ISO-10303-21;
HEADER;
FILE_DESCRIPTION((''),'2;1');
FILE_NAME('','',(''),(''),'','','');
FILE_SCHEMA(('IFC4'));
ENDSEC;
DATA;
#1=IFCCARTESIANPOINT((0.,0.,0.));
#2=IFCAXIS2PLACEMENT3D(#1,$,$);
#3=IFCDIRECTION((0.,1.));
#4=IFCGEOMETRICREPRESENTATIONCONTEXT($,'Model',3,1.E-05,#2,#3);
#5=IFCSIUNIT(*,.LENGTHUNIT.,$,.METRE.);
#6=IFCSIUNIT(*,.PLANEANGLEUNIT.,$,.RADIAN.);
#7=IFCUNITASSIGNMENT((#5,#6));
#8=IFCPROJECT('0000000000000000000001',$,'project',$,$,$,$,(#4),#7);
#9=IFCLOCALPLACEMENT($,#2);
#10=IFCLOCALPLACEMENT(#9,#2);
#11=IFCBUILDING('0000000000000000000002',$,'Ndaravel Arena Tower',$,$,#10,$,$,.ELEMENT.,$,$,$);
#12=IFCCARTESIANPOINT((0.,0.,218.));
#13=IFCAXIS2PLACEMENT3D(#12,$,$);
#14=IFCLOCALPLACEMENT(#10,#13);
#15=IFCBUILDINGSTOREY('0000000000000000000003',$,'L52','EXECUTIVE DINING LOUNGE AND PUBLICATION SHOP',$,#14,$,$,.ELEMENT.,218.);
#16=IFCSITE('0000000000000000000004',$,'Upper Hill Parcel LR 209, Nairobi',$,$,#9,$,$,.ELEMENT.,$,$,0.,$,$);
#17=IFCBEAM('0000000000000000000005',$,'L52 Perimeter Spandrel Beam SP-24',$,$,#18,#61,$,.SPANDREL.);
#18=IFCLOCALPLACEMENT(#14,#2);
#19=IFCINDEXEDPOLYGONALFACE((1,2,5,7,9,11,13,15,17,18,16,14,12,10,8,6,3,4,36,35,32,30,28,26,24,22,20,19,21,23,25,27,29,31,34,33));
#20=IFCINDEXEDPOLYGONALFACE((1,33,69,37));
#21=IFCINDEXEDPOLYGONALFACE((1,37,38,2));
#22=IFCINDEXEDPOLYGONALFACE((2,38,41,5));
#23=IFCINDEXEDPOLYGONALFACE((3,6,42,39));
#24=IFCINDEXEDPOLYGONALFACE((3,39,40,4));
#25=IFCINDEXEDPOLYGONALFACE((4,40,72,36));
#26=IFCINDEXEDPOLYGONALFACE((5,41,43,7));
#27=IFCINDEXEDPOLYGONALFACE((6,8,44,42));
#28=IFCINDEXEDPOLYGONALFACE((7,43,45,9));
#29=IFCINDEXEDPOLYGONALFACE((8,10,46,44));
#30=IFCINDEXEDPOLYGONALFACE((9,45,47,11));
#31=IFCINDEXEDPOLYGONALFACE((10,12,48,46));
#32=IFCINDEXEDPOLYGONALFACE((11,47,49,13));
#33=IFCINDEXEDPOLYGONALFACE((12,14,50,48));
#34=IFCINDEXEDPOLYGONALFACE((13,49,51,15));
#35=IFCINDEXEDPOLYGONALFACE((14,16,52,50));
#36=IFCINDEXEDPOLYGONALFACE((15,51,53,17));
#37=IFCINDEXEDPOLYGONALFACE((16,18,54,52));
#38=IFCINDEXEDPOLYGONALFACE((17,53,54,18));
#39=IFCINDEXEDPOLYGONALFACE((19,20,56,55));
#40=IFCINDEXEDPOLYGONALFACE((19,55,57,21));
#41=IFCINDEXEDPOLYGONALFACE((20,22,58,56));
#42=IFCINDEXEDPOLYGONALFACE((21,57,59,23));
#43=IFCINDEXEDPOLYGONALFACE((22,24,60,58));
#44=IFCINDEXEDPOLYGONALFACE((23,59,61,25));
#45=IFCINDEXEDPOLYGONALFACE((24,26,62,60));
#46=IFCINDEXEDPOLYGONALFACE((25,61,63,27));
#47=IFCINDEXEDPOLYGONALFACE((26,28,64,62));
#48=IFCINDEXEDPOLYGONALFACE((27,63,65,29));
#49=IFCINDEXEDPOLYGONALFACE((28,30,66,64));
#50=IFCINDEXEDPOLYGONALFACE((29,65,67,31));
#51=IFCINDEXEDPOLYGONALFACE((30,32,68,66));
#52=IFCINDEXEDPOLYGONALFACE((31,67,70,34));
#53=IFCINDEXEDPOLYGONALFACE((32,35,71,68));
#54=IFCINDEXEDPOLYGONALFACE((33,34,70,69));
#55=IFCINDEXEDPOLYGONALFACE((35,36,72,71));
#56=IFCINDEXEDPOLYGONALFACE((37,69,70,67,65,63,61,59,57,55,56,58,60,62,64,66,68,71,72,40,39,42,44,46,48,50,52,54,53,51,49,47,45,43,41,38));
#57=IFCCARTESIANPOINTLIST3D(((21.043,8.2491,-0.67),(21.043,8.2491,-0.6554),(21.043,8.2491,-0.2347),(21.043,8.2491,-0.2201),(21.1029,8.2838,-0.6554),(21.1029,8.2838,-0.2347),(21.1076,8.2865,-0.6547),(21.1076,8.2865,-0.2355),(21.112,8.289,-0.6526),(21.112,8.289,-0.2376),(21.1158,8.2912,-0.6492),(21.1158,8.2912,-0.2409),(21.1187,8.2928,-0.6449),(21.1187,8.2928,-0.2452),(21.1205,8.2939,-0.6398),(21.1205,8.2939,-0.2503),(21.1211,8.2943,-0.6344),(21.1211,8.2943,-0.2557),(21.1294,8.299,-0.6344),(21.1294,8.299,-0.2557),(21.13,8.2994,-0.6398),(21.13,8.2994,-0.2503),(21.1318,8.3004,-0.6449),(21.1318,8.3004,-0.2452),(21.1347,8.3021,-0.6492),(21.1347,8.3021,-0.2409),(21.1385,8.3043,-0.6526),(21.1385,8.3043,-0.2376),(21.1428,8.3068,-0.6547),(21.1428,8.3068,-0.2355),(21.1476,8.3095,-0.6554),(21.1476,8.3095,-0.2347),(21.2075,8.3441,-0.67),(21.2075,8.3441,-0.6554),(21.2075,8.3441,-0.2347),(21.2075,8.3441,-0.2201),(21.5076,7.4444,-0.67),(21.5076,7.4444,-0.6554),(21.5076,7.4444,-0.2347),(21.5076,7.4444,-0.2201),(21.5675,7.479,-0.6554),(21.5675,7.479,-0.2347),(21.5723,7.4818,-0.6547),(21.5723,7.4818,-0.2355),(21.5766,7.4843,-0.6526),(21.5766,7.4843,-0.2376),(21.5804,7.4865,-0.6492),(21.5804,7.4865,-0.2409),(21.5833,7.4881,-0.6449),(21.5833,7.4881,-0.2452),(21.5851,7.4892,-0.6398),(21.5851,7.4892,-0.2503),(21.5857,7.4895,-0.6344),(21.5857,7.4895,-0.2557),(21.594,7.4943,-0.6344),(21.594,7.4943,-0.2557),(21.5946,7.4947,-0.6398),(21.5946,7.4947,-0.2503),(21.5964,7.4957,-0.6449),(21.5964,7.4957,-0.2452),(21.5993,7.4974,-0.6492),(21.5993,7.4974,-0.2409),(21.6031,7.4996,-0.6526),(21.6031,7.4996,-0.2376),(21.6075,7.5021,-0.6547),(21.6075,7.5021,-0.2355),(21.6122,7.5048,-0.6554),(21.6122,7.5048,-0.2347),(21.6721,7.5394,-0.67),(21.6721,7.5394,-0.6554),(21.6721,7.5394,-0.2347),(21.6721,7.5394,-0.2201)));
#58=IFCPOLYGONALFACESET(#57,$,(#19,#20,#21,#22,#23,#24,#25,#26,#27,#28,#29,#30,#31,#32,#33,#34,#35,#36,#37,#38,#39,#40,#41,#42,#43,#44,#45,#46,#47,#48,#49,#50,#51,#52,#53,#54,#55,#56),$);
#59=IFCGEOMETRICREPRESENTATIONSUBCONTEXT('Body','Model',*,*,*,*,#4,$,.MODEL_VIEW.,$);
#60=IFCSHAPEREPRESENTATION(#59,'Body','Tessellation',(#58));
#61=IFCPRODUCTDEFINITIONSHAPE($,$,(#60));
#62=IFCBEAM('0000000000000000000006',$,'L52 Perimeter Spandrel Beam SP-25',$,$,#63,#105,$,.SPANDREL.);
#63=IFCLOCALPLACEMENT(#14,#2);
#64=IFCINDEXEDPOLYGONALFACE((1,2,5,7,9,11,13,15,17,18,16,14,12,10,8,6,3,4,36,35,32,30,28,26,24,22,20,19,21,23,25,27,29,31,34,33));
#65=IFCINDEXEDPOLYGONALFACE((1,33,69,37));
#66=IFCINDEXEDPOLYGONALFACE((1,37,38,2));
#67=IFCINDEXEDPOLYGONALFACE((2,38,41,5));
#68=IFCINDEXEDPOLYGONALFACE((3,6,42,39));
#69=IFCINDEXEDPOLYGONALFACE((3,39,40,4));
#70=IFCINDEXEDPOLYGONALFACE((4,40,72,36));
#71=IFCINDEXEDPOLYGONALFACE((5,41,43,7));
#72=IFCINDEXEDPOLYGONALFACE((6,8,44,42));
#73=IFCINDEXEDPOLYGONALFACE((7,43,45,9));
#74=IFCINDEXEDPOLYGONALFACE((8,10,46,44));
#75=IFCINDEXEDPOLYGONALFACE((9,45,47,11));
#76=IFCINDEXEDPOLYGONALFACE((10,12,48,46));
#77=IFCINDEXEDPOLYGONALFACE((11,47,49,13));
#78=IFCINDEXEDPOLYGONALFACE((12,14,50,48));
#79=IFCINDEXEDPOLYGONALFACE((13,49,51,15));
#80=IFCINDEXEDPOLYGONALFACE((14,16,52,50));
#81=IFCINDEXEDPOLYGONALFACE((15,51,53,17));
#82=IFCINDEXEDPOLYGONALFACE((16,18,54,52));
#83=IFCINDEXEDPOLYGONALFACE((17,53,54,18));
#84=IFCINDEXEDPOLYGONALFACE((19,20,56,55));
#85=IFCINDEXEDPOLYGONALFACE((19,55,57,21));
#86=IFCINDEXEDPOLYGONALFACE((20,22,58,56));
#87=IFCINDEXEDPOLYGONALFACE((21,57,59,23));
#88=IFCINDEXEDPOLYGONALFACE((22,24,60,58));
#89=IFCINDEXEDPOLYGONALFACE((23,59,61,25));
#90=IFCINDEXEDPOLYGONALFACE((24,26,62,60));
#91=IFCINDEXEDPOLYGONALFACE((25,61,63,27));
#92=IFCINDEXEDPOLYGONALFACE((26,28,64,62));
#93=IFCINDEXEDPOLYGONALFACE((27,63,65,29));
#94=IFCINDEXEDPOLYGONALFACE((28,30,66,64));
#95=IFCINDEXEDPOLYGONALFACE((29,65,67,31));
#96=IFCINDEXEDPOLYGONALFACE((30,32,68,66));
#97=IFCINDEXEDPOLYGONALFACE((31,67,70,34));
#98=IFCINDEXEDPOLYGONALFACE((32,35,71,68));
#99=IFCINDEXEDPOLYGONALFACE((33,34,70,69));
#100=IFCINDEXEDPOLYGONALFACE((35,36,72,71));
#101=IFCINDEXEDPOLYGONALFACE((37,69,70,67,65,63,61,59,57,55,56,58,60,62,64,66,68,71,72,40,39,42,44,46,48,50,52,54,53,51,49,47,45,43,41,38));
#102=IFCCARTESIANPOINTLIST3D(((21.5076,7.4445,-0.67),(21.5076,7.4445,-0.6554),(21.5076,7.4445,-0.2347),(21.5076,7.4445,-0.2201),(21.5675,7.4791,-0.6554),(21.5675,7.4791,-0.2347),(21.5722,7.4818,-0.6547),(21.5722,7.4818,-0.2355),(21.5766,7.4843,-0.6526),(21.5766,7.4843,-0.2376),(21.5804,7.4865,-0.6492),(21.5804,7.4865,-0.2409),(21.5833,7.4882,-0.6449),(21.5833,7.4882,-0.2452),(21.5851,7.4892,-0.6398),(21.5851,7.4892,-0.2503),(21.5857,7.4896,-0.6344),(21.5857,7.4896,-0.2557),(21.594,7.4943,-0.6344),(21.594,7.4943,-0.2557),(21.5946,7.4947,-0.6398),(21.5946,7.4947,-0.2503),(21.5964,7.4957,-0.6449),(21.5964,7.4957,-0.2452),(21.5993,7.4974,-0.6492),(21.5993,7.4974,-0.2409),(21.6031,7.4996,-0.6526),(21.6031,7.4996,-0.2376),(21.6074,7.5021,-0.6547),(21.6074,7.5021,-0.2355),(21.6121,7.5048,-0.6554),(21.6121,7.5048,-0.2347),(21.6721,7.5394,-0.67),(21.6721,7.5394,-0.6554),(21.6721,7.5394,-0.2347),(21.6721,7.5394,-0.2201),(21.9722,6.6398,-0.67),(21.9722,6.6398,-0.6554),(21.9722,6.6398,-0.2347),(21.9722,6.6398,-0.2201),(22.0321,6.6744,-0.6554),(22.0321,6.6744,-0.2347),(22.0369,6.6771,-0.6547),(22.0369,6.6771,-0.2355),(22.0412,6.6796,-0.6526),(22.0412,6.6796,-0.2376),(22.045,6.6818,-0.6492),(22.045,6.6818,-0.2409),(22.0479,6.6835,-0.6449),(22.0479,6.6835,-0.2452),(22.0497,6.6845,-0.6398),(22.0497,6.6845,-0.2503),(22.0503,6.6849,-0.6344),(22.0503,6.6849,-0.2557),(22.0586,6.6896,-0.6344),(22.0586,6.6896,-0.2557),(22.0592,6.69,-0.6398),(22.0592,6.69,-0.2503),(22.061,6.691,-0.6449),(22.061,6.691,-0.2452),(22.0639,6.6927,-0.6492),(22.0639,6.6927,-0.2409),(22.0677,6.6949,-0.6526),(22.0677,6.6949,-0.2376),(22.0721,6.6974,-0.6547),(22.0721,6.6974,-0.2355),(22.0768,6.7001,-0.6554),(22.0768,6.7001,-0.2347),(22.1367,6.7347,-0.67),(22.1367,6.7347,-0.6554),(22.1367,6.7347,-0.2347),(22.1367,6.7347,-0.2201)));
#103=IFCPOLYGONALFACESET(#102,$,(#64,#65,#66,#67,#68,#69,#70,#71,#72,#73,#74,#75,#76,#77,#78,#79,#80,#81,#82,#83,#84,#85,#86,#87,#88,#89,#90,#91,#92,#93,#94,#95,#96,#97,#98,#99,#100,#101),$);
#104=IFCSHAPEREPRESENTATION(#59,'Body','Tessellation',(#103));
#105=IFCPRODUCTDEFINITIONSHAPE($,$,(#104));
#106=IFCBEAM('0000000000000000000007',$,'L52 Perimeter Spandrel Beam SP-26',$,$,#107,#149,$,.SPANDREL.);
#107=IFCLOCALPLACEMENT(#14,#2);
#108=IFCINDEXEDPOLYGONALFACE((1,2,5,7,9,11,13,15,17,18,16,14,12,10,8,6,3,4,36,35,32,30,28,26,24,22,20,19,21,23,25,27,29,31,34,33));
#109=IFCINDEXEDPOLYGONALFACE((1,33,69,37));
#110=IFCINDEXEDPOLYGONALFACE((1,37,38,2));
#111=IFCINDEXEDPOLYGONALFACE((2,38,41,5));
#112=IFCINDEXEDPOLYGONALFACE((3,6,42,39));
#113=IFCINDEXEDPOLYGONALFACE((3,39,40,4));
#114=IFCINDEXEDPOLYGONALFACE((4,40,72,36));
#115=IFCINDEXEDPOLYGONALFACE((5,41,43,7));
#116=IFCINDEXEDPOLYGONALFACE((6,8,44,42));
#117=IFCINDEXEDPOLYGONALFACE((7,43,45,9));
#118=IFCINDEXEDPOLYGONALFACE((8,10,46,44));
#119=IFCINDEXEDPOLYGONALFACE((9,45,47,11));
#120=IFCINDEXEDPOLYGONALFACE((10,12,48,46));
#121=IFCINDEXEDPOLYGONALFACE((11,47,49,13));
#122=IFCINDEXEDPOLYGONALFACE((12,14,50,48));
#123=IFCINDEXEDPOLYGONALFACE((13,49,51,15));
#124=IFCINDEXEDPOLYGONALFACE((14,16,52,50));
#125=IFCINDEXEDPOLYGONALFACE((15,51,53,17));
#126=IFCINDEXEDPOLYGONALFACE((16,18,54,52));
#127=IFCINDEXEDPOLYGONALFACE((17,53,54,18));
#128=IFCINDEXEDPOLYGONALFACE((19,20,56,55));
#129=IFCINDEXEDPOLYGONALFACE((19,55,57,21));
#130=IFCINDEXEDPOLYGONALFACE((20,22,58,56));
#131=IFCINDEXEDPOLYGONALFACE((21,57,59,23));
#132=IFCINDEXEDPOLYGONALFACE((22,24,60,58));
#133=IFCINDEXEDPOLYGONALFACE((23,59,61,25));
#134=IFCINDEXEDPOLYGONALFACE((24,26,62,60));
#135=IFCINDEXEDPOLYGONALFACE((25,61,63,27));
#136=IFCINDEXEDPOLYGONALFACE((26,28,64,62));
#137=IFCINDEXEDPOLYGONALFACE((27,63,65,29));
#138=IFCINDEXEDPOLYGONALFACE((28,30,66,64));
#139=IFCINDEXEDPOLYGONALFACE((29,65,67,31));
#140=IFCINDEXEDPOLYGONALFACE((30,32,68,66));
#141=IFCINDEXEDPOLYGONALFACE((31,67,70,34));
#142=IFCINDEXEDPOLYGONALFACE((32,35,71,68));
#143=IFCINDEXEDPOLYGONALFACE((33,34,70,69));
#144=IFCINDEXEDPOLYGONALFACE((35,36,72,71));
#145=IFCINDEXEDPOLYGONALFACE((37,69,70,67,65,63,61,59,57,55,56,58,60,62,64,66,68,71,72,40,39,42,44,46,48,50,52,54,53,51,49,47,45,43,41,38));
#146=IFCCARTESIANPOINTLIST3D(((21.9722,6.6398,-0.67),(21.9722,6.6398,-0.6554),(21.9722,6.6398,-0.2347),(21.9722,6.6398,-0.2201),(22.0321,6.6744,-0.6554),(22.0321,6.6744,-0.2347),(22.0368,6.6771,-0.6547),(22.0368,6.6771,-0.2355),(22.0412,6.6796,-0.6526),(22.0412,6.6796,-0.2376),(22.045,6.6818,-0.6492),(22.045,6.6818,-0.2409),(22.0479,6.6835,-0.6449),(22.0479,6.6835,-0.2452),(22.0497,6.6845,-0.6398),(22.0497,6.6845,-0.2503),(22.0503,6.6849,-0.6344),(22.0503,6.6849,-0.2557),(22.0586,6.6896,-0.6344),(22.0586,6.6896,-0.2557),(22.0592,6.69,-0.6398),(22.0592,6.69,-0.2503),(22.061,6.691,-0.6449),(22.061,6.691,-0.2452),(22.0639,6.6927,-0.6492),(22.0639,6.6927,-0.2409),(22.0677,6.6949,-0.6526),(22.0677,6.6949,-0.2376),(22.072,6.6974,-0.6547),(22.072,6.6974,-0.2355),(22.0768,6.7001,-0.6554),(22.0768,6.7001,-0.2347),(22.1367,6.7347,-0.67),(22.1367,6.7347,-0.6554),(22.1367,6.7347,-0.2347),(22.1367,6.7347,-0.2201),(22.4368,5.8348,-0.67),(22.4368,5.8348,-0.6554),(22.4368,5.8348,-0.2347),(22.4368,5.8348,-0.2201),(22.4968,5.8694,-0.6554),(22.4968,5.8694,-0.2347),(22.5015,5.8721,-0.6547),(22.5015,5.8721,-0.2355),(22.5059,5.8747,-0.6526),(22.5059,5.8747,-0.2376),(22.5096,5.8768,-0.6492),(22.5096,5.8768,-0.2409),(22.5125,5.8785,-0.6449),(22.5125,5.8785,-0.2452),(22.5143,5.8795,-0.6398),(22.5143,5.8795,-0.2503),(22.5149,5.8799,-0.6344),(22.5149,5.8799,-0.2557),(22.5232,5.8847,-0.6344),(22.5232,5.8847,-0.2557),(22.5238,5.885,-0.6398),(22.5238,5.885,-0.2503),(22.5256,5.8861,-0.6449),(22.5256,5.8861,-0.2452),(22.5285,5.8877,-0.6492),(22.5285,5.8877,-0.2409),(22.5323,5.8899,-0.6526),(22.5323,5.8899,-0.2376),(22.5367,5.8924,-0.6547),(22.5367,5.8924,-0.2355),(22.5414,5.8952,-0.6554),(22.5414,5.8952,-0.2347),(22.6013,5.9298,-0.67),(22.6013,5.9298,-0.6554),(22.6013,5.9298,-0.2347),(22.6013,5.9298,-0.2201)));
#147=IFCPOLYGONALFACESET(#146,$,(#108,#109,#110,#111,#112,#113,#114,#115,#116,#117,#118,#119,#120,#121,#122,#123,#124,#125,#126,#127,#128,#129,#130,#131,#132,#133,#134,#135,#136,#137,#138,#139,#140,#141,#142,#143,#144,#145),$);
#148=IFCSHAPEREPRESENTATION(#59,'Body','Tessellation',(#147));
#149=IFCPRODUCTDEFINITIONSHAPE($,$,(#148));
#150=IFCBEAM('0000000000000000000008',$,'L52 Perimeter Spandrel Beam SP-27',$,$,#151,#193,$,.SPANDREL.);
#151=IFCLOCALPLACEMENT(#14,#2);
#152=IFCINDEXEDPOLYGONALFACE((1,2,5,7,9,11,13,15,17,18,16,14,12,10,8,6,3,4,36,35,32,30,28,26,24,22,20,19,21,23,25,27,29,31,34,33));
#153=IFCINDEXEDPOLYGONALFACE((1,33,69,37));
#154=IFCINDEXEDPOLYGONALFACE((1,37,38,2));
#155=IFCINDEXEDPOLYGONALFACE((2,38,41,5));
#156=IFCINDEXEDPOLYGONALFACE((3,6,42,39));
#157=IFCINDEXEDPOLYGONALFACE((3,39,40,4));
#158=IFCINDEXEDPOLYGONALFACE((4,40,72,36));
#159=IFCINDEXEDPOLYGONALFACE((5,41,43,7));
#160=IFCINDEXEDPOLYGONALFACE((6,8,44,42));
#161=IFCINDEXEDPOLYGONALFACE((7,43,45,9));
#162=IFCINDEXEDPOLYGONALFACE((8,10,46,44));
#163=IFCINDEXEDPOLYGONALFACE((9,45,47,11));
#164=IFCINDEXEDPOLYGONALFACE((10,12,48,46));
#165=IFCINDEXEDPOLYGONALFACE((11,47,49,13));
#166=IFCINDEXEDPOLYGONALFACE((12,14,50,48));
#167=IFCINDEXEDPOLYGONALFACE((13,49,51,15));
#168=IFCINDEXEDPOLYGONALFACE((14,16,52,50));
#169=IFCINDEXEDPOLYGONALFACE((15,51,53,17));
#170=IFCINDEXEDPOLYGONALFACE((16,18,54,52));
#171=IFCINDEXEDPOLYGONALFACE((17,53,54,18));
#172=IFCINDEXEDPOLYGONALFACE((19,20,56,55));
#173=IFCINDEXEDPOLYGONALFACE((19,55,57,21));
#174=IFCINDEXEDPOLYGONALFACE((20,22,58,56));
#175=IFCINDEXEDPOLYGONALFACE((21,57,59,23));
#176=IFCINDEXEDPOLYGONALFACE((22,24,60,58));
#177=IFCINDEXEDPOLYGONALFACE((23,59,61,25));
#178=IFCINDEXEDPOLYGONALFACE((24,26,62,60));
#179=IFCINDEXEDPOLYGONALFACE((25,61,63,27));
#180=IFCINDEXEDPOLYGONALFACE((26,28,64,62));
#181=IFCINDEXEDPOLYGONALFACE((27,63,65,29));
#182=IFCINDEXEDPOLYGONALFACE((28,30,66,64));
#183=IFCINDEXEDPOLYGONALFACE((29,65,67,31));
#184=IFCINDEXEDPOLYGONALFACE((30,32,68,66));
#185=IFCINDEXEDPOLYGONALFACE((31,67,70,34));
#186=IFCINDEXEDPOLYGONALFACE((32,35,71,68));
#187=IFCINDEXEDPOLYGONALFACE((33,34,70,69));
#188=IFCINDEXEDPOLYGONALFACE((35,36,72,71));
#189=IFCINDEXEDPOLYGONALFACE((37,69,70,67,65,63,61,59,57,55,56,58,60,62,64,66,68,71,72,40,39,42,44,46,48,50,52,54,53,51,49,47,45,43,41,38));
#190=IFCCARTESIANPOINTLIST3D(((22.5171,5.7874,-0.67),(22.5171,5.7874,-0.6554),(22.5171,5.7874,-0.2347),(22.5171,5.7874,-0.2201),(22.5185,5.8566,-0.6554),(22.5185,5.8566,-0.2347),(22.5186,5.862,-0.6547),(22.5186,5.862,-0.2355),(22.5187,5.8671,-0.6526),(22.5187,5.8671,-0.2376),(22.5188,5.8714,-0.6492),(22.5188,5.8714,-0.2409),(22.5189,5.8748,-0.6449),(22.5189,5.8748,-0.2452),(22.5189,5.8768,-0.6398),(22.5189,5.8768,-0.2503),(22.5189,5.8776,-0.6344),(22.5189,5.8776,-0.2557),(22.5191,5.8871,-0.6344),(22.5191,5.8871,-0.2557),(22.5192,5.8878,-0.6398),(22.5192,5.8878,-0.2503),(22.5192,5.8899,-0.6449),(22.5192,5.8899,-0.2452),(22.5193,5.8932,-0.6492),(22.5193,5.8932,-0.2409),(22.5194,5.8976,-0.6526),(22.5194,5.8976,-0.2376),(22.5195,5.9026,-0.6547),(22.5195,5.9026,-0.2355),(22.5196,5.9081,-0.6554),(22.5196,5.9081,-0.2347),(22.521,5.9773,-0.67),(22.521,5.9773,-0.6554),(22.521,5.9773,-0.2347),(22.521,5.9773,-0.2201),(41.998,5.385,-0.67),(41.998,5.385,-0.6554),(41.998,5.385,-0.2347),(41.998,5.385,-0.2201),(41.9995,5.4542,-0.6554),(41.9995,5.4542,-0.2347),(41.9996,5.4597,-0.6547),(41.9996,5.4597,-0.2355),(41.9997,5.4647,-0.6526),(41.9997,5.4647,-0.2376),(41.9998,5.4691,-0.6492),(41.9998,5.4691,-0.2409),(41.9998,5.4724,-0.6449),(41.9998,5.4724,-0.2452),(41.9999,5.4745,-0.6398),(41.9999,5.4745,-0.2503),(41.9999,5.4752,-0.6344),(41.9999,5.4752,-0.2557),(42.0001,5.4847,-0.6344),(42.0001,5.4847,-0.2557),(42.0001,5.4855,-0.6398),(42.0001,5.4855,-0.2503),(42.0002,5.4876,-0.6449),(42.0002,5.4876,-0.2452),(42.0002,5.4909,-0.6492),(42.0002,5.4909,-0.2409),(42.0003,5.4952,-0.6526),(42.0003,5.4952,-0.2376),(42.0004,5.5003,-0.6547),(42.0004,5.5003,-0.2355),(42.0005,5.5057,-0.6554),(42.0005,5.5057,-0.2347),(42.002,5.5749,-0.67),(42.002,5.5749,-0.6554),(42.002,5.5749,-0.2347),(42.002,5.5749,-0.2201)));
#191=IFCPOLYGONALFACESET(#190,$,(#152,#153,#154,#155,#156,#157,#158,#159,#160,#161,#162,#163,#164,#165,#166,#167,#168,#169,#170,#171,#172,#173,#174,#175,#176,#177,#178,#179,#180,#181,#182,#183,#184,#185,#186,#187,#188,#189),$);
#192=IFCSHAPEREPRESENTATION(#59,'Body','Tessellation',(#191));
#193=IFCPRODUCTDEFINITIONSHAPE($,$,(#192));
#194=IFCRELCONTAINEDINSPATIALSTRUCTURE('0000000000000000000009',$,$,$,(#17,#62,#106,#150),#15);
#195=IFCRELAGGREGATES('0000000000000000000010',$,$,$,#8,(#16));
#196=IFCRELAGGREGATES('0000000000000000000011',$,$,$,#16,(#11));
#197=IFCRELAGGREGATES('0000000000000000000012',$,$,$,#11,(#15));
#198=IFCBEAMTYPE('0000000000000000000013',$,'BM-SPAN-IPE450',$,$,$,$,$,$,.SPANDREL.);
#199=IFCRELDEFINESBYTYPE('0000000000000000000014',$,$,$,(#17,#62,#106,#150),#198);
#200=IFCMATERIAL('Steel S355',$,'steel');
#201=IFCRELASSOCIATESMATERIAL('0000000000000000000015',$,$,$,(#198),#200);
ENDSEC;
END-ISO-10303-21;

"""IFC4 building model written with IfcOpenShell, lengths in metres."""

from ifc_helpers import new_model, si_unit, direction, frame, origin, origin_2d, place, context, subcontext, project, spatial, i_section, extrude, material, material_profile, profile_set, type_object, element, save


model = new_model("IFC4")

# Units and contexts
model_context = context("Model", 3, precision=1e-05, world=origin(), true_north=direction((0.0, 1.0)))
body_context = subcontext(model_context, "Body", "Model", "MODEL_VIEW")
ifc_project = project(units=[si_unit("LENGTHUNIT", "METRE"), si_unit("PLANEANGLEUNIT", "RADIAN")], contexts=[model_context])

# Site, building, storey
site_placement = place(None, origin())
site = spatial("IfcSite", under=ifc_project, at=site_placement, Name="Upper Hill Parcel LR 209, Nairobi", CompositionType="ELEMENT", RefElevation=0.0)
building_placement = place(site_placement, origin())
building = spatial("IfcBuilding", under=site, at=building_placement, Name="Ndaravel Arena Tower", CompositionType="ELEMENT")
storey_placement = place(building_placement, frame((0.0, 0.0, 218.0)))
storey = spatial("IfcBuildingStorey", under=building, at=storey_placement, Name="L52", Description="EXECUTIVE DINING LOUNGE AND PUBLICATION SHOP", CompositionType="ELEMENT", Elevation=218.0)

# Beams
ifc_material_1 = material(Name="Steel S355", Category="steel")
ifc_material_profile_1 = material_profile(ifc_material_1, i_section(OverallWidth=0.1899, OverallDepth=0.45, WebThickness=0.0095, FlangeThickness=0.0146, FilletRadius=0.021, at=origin_2d()), Name="IPE 450")
ifc_profile_set_1 = profile_set([ifc_material_profile_1], Name="Steel S355")
beam_type = type_object("IfcBeamType", Name="BM-SPAN-IPE450", PredefinedType="SPANDREL", material=ifc_profile_set_1)
for number, where, z_axis, x_axis, name in (
    (1, (21.1252, 8.2966, -0.4451), (0.500011, -0.866019, 0.0), (0.866019, 0.500011, 0.0), "L52 Perimeter Spandrel Beam SP-24"),
    (2, (21.5898, 7.4919, -0.4451), (0.500011, -0.866019, 0.0), (0.866019, 0.500011, 0.0), "L52 Perimeter Spandrel Beam SP-25"),
):
    element("IfcBeam", number, at=place(storey_placement, frame(where, z_axis=z_axis, x_axis=x_axis)), inside=storey, type_object=beam_type, Name=name, PredefinedType="SPANDREL", context=body_context, shape_type="SweptSolid", body=[
        extrude(i_section(OverallWidth=0.1899, OverallDepth=0.45, WebThickness=0.0095, FlangeThickness=0.0146, FilletRadius=0.021, at=origin_2d()), origin(), (0.0, 0.0, 1.0), 0.9292),
    ])
beam_1_placement = place(storey_placement, frame((22.0544, 6.6873, -0.4451), z_axis=(0.499897, -0.866085, 0.0), x_axis=(0.866085, 0.499897, 0.0)))
element("IfcBeam", 3, at=beam_1_placement, inside=storey, type_object=beam_type, Name="L52 Perimeter Spandrel Beam SP-26", PredefinedType="SPANDREL", context=body_context, shape_type="SweptSolid", body=[
    extrude(i_section(OverallWidth=0.1899, OverallDepth=0.45, WebThickness=0.0095, FlangeThickness=0.0146, FilletRadius=0.021, at=origin_2d()), origin(), (0.0, 0.0, 1.0), 0.9294),
])
beam_2_placement = place(storey_placement, frame((22.519, 5.8823, -0.4451), z_axis=(0.999787, -0.020649, 0.0), x_axis=(0.020649, 0.999787, 0.0)))
element("IfcBeam", 4, at=beam_2_placement, inside=storey, type_object=beam_type, Name="L52 Perimeter Spandrel Beam SP-27", PredefinedType="SPANDREL", context=body_context, shape_type="SweptSolid", body=[
    extrude(i_section(OverallWidth=0.1899, OverallDepth=0.45, WebThickness=0.0095, FlangeThickness=0.0146, FilletRadius=0.021, at=origin_2d()), origin(), (0.0, 0.0, 1.0), 19.4851),
])

save(model, "model.ifc")
